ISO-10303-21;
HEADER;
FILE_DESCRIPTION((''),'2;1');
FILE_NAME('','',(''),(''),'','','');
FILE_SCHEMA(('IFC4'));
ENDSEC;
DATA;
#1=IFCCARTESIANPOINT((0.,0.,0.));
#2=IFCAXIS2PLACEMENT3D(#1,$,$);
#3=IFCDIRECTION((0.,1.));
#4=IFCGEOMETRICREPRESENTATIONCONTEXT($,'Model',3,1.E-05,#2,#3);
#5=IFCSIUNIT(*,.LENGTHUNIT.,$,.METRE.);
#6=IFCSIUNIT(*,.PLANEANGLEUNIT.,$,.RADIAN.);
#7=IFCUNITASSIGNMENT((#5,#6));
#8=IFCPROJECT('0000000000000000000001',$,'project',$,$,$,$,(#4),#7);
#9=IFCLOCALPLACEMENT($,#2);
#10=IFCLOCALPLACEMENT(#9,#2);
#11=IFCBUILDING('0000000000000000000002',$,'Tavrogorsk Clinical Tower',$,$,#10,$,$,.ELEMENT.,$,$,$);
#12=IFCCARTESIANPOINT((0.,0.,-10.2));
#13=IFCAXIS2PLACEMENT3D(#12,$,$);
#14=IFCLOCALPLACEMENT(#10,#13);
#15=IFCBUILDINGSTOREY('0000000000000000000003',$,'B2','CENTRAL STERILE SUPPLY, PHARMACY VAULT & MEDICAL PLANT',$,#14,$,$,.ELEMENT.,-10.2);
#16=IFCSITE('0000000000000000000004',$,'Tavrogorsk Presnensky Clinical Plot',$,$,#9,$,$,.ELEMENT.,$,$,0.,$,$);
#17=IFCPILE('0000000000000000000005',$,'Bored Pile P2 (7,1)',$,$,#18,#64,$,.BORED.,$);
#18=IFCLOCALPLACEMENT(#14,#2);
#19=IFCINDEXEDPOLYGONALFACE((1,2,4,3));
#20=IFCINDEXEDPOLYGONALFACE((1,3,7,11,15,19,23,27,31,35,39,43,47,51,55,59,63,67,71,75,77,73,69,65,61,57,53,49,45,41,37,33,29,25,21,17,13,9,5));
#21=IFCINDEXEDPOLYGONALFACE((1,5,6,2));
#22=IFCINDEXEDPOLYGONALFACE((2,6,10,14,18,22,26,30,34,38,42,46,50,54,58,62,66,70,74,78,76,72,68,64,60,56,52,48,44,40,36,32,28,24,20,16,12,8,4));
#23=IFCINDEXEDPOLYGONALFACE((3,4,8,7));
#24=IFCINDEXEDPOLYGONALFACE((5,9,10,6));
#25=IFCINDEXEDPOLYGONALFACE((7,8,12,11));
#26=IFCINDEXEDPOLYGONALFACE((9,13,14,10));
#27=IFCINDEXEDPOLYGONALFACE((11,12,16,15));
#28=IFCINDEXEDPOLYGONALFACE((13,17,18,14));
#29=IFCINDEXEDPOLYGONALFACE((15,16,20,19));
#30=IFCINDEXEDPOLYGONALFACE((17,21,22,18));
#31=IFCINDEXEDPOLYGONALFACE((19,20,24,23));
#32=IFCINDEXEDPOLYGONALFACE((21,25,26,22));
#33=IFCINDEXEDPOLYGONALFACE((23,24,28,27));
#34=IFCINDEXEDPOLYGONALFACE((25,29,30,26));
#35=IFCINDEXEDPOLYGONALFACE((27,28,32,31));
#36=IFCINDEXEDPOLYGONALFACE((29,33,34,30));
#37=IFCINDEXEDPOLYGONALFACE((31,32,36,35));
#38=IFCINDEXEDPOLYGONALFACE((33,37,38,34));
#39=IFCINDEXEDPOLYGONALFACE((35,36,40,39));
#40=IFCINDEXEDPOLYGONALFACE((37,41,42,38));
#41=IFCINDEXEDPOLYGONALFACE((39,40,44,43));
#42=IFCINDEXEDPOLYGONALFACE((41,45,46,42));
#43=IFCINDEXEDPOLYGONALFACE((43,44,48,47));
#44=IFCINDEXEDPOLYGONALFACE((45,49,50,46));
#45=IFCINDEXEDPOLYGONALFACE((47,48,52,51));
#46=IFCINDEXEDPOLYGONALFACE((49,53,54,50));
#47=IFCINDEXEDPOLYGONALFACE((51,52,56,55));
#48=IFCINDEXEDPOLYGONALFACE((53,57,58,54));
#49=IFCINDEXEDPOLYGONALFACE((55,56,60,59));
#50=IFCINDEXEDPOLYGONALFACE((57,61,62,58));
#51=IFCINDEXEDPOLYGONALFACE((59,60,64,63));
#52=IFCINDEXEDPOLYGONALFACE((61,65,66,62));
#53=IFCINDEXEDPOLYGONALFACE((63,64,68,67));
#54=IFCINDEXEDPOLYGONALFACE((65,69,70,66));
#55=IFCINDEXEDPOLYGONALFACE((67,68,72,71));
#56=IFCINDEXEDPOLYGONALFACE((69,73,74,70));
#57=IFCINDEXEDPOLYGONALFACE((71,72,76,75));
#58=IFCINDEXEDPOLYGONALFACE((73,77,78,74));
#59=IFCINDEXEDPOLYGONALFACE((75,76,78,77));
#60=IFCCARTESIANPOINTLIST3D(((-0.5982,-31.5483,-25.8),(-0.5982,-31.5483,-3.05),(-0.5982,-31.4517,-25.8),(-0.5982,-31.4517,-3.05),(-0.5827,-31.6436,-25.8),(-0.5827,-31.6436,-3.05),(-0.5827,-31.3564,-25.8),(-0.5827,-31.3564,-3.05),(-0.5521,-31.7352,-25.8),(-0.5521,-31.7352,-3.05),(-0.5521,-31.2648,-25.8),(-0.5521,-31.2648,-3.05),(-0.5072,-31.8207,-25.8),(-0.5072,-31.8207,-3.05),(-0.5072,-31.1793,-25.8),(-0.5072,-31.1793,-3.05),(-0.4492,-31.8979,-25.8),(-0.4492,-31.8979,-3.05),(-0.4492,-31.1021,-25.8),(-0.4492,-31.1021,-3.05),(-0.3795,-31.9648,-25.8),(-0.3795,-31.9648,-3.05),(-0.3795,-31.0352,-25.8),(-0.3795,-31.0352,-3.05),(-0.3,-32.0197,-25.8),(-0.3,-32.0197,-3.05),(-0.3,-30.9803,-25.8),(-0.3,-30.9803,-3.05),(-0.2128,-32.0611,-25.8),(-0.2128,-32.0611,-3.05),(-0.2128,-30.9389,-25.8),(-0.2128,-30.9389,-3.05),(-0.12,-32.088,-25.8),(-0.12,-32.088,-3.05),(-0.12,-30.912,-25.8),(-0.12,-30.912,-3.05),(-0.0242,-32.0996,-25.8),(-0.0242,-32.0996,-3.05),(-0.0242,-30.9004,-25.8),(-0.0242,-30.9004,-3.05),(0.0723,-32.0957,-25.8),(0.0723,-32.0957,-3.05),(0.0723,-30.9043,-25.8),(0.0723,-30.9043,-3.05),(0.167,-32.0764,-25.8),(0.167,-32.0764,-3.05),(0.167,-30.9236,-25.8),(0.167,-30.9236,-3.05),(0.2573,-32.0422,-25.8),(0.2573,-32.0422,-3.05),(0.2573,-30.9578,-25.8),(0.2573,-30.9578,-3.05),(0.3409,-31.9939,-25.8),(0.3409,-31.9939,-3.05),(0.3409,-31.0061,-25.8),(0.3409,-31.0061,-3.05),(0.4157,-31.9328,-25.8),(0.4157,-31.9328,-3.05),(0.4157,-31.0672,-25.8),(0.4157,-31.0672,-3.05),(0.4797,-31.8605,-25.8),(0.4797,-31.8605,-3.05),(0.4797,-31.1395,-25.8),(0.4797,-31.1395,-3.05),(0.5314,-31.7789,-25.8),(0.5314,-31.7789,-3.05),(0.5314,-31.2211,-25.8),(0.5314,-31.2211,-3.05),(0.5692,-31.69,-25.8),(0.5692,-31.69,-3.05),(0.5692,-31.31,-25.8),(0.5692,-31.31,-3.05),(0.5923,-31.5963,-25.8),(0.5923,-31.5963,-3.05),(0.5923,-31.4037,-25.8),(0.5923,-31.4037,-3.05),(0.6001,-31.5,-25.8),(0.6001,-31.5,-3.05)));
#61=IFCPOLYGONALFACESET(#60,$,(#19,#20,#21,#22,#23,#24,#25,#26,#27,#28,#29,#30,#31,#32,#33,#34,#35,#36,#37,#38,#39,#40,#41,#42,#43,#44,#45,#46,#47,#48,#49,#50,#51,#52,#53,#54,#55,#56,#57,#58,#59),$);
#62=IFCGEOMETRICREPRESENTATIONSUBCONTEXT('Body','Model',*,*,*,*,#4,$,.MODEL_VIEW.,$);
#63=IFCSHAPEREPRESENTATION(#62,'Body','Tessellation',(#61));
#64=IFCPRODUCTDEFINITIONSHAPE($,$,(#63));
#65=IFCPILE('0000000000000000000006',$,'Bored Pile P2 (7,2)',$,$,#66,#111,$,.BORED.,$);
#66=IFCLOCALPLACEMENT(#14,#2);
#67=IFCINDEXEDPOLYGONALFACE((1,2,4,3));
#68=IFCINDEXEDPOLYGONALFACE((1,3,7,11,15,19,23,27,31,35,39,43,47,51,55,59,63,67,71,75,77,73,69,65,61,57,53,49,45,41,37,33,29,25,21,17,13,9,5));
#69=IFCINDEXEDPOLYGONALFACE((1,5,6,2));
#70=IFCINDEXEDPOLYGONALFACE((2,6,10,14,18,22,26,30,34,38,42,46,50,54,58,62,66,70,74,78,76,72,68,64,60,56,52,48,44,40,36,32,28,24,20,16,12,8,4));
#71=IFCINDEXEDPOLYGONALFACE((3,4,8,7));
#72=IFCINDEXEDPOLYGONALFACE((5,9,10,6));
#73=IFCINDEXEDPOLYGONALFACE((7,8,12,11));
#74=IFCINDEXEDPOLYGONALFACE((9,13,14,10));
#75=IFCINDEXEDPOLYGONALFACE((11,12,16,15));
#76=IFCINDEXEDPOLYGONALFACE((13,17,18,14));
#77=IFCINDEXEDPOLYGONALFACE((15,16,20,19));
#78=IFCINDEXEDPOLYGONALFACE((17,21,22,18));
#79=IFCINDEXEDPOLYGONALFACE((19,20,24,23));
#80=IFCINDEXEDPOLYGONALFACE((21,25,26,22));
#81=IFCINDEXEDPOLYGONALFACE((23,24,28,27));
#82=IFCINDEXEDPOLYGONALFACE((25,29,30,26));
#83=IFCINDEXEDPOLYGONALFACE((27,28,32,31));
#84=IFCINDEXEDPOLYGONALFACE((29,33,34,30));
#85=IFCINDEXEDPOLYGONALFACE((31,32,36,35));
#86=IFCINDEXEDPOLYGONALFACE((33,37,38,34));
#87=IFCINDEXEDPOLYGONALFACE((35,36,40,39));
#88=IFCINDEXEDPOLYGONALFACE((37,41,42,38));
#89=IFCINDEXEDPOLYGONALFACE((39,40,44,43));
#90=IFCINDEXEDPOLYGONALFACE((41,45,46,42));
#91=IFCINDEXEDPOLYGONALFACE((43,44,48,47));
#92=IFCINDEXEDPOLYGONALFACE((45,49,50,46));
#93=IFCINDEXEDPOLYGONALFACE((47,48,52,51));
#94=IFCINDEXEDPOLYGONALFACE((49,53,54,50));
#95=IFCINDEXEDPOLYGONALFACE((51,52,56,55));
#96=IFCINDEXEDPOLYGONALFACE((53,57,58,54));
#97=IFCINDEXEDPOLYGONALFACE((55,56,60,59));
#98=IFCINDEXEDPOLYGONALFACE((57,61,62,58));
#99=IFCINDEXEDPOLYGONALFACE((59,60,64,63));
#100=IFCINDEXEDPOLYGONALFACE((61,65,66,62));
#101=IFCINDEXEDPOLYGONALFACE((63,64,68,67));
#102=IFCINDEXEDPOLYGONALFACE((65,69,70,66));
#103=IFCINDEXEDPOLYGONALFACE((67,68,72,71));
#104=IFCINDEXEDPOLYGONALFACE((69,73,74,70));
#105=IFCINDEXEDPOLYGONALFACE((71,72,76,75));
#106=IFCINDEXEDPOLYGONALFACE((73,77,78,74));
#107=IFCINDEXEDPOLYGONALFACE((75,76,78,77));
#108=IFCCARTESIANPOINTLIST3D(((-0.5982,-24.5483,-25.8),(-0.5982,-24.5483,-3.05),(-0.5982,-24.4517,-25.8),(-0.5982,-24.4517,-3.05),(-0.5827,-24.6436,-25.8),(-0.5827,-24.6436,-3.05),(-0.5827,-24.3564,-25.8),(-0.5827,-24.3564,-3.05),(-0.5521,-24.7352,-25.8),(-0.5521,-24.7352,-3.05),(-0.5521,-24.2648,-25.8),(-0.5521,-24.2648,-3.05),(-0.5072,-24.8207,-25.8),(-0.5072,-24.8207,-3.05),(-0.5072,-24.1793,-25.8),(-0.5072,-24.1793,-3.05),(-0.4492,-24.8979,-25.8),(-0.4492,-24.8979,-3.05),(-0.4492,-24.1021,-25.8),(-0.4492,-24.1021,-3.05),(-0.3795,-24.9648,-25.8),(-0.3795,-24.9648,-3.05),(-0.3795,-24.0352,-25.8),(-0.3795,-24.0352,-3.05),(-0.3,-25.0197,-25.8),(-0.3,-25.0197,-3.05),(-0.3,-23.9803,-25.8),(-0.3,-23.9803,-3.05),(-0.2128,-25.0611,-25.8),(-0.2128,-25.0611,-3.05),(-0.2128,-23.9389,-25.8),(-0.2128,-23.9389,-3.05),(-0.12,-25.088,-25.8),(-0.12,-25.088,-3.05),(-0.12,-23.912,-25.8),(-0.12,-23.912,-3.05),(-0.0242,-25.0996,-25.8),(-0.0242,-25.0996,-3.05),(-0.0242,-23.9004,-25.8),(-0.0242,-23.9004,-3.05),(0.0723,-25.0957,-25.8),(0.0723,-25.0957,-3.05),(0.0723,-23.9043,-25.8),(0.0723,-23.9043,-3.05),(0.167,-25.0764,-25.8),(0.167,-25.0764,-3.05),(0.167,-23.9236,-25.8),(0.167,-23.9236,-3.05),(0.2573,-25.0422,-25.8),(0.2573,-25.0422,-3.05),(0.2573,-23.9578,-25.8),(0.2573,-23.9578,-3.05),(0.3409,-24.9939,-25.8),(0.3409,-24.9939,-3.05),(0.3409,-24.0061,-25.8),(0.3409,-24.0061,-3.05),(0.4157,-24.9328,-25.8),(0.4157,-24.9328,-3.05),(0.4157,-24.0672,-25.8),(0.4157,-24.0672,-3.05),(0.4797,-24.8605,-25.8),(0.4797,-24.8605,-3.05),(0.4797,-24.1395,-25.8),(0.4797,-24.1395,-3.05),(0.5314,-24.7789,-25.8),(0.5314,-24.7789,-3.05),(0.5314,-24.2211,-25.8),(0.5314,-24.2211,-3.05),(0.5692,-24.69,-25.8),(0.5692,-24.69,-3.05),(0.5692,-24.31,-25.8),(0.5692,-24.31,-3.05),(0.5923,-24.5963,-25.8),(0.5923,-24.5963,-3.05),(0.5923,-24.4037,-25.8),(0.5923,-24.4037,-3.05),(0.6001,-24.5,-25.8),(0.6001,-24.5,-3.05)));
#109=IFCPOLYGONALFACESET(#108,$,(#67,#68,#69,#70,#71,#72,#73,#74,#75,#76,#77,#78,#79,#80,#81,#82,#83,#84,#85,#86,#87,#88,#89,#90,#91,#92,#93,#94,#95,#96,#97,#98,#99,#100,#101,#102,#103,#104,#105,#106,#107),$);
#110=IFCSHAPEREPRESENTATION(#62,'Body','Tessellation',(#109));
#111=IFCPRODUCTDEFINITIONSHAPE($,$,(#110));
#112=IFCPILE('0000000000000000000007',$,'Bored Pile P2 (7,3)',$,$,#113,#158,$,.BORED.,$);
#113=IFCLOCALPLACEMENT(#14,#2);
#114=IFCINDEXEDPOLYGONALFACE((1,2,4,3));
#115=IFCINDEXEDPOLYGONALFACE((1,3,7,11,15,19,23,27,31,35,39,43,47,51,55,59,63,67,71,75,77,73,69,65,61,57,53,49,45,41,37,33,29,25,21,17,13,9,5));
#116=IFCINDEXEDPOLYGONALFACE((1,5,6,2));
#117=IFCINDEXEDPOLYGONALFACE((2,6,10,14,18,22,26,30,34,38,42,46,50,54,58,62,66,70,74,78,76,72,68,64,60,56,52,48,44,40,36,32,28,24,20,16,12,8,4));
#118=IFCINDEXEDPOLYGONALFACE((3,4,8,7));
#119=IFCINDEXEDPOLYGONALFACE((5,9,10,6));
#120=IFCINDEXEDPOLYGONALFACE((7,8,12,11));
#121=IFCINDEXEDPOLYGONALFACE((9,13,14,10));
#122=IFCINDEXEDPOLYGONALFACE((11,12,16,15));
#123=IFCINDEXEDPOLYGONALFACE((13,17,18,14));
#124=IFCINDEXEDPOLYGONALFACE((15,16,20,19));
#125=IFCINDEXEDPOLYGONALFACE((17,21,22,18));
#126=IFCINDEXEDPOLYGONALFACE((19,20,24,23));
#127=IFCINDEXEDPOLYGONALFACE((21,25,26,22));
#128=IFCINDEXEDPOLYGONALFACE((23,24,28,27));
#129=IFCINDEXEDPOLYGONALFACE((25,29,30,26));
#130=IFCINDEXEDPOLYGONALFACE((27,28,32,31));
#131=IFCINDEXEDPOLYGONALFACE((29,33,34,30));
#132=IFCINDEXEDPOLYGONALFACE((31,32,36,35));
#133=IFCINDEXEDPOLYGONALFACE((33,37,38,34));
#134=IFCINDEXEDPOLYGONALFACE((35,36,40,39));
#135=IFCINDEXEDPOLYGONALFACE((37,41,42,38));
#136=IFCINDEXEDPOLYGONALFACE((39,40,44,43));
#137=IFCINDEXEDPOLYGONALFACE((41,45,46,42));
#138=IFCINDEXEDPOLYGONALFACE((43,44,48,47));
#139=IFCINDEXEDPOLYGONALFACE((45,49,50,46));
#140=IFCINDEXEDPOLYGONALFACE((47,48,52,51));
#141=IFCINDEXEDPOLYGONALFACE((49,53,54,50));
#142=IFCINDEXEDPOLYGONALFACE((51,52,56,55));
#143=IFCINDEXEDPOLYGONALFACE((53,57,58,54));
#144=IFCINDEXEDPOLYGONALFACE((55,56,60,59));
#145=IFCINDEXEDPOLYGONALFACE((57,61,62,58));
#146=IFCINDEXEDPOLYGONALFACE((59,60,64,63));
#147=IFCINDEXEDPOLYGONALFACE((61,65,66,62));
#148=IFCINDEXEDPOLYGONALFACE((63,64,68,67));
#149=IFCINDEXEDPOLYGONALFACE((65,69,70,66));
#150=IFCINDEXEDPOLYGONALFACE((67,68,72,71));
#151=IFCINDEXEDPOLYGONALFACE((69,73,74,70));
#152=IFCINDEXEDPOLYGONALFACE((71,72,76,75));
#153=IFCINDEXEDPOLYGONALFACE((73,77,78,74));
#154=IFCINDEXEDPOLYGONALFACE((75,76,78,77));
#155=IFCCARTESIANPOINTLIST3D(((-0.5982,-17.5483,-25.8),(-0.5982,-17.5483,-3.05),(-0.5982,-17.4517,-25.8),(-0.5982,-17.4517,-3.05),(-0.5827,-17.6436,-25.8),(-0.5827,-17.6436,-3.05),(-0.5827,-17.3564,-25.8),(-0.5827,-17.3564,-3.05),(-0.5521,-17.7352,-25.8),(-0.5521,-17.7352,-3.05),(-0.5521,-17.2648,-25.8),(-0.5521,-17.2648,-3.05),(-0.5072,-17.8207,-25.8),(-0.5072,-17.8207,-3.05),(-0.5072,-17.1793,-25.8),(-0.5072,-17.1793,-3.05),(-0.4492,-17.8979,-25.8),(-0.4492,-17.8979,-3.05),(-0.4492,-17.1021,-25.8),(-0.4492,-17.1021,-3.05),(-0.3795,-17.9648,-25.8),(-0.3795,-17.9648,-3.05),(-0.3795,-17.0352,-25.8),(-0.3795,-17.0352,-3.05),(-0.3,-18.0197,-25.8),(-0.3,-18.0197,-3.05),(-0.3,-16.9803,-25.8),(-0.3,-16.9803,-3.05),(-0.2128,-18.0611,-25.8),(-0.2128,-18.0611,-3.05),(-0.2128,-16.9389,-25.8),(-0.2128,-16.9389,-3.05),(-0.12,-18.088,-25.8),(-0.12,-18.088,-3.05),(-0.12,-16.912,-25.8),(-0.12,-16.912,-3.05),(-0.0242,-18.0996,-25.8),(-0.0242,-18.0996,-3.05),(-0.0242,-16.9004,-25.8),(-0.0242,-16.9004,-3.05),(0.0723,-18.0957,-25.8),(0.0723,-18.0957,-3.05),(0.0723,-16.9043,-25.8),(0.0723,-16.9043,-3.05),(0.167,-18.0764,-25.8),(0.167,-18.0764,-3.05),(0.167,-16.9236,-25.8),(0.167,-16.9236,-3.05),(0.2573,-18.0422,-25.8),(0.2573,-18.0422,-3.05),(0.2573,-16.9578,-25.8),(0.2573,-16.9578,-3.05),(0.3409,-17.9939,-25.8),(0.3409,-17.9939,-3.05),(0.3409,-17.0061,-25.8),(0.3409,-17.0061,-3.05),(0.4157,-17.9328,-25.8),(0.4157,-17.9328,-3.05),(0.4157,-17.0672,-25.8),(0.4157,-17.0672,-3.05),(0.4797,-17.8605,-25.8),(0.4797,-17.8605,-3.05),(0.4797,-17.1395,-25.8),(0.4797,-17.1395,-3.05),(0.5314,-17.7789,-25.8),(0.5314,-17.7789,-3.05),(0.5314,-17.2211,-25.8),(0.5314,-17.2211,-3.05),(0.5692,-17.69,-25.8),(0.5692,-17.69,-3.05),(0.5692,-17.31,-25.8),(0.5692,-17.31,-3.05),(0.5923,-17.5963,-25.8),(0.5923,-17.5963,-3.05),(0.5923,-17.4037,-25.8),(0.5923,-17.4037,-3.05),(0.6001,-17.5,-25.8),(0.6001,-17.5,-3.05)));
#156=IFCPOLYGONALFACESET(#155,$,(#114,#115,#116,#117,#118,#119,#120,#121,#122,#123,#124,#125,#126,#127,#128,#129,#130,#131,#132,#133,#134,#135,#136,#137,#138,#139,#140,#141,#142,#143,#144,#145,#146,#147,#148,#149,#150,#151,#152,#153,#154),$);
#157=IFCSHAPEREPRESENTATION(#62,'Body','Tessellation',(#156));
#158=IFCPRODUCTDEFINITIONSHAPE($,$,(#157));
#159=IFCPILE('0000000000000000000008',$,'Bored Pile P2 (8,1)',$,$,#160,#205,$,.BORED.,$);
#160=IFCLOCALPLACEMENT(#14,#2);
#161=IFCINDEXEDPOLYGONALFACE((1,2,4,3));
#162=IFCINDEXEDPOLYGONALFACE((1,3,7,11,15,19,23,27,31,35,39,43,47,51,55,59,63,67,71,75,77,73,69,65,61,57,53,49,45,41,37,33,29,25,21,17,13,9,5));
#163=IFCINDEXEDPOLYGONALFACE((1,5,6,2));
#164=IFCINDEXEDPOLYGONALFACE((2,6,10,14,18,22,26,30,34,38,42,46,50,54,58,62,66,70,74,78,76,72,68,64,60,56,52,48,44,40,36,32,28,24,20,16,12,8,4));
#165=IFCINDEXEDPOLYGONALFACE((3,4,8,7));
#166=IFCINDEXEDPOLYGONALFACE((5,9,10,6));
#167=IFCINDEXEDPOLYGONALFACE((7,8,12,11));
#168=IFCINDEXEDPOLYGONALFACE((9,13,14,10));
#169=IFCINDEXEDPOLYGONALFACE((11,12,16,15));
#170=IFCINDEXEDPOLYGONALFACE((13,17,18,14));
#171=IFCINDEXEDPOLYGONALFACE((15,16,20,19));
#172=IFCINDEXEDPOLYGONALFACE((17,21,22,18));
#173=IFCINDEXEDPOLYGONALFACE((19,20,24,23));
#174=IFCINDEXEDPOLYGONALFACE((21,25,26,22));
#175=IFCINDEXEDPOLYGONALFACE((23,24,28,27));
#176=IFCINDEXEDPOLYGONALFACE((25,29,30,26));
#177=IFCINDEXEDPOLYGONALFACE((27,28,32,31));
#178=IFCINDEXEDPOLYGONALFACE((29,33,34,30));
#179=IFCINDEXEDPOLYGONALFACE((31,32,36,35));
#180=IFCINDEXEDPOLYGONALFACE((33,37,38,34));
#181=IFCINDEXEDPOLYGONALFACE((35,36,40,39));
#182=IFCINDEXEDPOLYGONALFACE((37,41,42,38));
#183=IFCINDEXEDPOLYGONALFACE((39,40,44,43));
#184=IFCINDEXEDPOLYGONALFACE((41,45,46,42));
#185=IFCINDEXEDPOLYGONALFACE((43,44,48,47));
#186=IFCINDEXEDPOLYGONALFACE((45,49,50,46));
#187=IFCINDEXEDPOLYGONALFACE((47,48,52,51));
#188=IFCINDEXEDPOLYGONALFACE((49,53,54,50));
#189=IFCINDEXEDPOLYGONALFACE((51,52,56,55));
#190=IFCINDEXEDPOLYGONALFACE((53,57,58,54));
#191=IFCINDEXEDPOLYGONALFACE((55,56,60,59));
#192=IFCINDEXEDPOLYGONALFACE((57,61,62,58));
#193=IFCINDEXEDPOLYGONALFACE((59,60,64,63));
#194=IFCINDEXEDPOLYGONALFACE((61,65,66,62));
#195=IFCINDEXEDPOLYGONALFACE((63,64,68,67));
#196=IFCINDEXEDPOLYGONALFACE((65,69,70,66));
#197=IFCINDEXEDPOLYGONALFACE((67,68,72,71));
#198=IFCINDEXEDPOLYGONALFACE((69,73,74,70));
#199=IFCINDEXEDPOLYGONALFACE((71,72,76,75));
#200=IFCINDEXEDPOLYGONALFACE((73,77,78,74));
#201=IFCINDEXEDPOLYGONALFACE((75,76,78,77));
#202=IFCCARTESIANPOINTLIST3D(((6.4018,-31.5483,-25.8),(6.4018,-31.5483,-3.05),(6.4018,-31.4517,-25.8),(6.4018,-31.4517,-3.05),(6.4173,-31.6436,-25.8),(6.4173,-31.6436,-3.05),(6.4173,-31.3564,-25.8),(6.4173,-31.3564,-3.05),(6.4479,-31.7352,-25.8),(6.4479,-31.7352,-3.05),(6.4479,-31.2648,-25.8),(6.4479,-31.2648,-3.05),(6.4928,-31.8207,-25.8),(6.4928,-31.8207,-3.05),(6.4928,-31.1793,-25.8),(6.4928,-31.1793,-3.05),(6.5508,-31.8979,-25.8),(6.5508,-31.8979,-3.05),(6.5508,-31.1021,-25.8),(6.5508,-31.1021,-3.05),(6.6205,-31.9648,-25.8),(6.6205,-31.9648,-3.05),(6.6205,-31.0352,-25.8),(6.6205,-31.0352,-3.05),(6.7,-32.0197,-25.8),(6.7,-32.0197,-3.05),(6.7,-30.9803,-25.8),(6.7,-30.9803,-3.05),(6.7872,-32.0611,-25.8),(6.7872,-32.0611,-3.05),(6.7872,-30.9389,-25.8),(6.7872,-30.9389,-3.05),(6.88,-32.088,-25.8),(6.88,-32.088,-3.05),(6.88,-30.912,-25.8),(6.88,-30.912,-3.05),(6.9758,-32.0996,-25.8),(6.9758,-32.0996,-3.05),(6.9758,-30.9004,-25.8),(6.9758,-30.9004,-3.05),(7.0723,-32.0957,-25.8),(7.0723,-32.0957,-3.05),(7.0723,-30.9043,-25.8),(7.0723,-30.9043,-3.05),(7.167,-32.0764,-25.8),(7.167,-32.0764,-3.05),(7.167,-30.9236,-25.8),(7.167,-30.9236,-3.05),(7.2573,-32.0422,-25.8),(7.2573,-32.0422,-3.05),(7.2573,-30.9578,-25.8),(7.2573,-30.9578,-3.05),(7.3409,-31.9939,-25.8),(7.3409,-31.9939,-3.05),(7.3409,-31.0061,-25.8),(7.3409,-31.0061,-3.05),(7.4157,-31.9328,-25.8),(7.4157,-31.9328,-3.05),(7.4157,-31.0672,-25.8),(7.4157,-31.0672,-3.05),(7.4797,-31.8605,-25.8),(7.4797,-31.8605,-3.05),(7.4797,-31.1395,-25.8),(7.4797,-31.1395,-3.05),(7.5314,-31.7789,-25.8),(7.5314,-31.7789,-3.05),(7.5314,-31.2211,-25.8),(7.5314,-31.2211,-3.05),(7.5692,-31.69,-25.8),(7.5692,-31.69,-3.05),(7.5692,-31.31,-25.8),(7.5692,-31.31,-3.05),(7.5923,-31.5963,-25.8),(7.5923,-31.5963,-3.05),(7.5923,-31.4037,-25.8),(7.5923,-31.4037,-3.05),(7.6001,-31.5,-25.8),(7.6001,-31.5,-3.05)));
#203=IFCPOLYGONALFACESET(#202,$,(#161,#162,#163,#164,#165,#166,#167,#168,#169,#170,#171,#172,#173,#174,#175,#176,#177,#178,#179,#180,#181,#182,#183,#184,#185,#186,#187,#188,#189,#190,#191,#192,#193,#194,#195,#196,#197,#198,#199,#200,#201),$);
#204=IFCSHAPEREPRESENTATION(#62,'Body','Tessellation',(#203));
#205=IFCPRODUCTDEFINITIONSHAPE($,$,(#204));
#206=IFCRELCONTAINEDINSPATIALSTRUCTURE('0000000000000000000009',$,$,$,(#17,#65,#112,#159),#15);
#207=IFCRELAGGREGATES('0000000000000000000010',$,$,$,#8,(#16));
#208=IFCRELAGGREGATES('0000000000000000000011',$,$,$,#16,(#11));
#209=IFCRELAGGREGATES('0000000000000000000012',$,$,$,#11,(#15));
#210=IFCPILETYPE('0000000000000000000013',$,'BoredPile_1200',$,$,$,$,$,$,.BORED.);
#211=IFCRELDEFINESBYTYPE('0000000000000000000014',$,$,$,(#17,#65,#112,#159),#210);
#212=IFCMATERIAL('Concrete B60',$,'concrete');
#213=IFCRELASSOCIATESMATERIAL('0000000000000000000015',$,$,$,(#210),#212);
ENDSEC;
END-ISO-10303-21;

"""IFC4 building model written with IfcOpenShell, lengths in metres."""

from ifc_helpers import new_model, si_unit, direction, frame, origin, origin_2d, place, context, subcontext, project, spatial, circle, extrude, material, material_profile, profile_set, type_object, element, save


model = new_model("IFC4")

# Units and contexts
model_context = context("Model", 3, precision=1e-05, world=origin(), true_north=direction((0.0, 1.0)))
body_context = subcontext(model_context, "Body", "Model", "MODEL_VIEW")
ifc_project = project(units=[si_unit("LENGTHUNIT", "METRE"), si_unit("PLANEANGLEUNIT", "RADIAN")], contexts=[model_context])

# Site, building, storey
site_placement = place(None, origin())
site = spatial("IfcSite", under=ifc_project, at=site_placement, Name="Tavrogorsk Presnensky Clinical Plot", CompositionType="ELEMENT", RefElevation=0.0)
building_placement = place(site_placement, origin())
building = spatial("IfcBuilding", under=site, at=building_placement, Name="Tavrogorsk Clinical Tower", CompositionType="ELEMENT")
storey_placement = place(building_placement, frame((0.0, 0.0, -10.2)))
storey = spatial("IfcBuildingStorey", under=building, at=storey_placement, Name="B2", Description="CENTRAL STERILE SUPPLY, PHARMACY VAULT & MEDICAL PLANT", CompositionType="ELEMENT", Elevation=-10.2)

# Piles
ifc_material_1 = material(Name="Concrete B60", Category="concrete")
ifc_material_profile_1 = material_profile(ifc_material_1, circle(Radius=0.6001, at=origin_2d()), Name="BORED-PILE-1200")
ifc_profile_set_1 = profile_set([ifc_material_profile_1], Name="Concrete B60")
pile_type_1 = type_object("IfcPileType", Name="BoredPile_1200", PredefinedType="BORED", material=ifc_profile_set_1)
for number, where, z_axis, x_axis, name in (
    (1, (0.0, -31.5, -3.05), (0.0, 0.0, -1.0), (1.0, 0.0, 0.0), "Bored Pile P2 (7,1)"),
    (2, (0.0, -24.5, -3.05), (0.0, 0.0, -1.0), (1.0, 0.0, 0.0), "Bored Pile P2 (7,2)"),
    (3, (0.0, -17.5, -3.05), (0.0, 0.0, -1.0), (1.0, 0.0, 0.0), "Bored Pile P2 (7,3)"),
    (4, (7.0, -31.5, -3.05), (0.0, 0.0, -1.0), (1.0, 0.0, 0.0), "Bored Pile P2 (8,1)"),
):
    element("IfcPile", number, at=place(storey_placement, frame(where, z_axis=z_axis, x_axis=x_axis)), inside=storey, type_object=pile_type_1, Name=name, PredefinedType="BORED", context=body_context, shape_type="SweptSolid", body=[
        extrude(circle(Radius=0.6001, at=origin_2d()), origin(), (0.0, 0.0, 1.0), 22.75),
    ])

save(model, "model.ifc")
